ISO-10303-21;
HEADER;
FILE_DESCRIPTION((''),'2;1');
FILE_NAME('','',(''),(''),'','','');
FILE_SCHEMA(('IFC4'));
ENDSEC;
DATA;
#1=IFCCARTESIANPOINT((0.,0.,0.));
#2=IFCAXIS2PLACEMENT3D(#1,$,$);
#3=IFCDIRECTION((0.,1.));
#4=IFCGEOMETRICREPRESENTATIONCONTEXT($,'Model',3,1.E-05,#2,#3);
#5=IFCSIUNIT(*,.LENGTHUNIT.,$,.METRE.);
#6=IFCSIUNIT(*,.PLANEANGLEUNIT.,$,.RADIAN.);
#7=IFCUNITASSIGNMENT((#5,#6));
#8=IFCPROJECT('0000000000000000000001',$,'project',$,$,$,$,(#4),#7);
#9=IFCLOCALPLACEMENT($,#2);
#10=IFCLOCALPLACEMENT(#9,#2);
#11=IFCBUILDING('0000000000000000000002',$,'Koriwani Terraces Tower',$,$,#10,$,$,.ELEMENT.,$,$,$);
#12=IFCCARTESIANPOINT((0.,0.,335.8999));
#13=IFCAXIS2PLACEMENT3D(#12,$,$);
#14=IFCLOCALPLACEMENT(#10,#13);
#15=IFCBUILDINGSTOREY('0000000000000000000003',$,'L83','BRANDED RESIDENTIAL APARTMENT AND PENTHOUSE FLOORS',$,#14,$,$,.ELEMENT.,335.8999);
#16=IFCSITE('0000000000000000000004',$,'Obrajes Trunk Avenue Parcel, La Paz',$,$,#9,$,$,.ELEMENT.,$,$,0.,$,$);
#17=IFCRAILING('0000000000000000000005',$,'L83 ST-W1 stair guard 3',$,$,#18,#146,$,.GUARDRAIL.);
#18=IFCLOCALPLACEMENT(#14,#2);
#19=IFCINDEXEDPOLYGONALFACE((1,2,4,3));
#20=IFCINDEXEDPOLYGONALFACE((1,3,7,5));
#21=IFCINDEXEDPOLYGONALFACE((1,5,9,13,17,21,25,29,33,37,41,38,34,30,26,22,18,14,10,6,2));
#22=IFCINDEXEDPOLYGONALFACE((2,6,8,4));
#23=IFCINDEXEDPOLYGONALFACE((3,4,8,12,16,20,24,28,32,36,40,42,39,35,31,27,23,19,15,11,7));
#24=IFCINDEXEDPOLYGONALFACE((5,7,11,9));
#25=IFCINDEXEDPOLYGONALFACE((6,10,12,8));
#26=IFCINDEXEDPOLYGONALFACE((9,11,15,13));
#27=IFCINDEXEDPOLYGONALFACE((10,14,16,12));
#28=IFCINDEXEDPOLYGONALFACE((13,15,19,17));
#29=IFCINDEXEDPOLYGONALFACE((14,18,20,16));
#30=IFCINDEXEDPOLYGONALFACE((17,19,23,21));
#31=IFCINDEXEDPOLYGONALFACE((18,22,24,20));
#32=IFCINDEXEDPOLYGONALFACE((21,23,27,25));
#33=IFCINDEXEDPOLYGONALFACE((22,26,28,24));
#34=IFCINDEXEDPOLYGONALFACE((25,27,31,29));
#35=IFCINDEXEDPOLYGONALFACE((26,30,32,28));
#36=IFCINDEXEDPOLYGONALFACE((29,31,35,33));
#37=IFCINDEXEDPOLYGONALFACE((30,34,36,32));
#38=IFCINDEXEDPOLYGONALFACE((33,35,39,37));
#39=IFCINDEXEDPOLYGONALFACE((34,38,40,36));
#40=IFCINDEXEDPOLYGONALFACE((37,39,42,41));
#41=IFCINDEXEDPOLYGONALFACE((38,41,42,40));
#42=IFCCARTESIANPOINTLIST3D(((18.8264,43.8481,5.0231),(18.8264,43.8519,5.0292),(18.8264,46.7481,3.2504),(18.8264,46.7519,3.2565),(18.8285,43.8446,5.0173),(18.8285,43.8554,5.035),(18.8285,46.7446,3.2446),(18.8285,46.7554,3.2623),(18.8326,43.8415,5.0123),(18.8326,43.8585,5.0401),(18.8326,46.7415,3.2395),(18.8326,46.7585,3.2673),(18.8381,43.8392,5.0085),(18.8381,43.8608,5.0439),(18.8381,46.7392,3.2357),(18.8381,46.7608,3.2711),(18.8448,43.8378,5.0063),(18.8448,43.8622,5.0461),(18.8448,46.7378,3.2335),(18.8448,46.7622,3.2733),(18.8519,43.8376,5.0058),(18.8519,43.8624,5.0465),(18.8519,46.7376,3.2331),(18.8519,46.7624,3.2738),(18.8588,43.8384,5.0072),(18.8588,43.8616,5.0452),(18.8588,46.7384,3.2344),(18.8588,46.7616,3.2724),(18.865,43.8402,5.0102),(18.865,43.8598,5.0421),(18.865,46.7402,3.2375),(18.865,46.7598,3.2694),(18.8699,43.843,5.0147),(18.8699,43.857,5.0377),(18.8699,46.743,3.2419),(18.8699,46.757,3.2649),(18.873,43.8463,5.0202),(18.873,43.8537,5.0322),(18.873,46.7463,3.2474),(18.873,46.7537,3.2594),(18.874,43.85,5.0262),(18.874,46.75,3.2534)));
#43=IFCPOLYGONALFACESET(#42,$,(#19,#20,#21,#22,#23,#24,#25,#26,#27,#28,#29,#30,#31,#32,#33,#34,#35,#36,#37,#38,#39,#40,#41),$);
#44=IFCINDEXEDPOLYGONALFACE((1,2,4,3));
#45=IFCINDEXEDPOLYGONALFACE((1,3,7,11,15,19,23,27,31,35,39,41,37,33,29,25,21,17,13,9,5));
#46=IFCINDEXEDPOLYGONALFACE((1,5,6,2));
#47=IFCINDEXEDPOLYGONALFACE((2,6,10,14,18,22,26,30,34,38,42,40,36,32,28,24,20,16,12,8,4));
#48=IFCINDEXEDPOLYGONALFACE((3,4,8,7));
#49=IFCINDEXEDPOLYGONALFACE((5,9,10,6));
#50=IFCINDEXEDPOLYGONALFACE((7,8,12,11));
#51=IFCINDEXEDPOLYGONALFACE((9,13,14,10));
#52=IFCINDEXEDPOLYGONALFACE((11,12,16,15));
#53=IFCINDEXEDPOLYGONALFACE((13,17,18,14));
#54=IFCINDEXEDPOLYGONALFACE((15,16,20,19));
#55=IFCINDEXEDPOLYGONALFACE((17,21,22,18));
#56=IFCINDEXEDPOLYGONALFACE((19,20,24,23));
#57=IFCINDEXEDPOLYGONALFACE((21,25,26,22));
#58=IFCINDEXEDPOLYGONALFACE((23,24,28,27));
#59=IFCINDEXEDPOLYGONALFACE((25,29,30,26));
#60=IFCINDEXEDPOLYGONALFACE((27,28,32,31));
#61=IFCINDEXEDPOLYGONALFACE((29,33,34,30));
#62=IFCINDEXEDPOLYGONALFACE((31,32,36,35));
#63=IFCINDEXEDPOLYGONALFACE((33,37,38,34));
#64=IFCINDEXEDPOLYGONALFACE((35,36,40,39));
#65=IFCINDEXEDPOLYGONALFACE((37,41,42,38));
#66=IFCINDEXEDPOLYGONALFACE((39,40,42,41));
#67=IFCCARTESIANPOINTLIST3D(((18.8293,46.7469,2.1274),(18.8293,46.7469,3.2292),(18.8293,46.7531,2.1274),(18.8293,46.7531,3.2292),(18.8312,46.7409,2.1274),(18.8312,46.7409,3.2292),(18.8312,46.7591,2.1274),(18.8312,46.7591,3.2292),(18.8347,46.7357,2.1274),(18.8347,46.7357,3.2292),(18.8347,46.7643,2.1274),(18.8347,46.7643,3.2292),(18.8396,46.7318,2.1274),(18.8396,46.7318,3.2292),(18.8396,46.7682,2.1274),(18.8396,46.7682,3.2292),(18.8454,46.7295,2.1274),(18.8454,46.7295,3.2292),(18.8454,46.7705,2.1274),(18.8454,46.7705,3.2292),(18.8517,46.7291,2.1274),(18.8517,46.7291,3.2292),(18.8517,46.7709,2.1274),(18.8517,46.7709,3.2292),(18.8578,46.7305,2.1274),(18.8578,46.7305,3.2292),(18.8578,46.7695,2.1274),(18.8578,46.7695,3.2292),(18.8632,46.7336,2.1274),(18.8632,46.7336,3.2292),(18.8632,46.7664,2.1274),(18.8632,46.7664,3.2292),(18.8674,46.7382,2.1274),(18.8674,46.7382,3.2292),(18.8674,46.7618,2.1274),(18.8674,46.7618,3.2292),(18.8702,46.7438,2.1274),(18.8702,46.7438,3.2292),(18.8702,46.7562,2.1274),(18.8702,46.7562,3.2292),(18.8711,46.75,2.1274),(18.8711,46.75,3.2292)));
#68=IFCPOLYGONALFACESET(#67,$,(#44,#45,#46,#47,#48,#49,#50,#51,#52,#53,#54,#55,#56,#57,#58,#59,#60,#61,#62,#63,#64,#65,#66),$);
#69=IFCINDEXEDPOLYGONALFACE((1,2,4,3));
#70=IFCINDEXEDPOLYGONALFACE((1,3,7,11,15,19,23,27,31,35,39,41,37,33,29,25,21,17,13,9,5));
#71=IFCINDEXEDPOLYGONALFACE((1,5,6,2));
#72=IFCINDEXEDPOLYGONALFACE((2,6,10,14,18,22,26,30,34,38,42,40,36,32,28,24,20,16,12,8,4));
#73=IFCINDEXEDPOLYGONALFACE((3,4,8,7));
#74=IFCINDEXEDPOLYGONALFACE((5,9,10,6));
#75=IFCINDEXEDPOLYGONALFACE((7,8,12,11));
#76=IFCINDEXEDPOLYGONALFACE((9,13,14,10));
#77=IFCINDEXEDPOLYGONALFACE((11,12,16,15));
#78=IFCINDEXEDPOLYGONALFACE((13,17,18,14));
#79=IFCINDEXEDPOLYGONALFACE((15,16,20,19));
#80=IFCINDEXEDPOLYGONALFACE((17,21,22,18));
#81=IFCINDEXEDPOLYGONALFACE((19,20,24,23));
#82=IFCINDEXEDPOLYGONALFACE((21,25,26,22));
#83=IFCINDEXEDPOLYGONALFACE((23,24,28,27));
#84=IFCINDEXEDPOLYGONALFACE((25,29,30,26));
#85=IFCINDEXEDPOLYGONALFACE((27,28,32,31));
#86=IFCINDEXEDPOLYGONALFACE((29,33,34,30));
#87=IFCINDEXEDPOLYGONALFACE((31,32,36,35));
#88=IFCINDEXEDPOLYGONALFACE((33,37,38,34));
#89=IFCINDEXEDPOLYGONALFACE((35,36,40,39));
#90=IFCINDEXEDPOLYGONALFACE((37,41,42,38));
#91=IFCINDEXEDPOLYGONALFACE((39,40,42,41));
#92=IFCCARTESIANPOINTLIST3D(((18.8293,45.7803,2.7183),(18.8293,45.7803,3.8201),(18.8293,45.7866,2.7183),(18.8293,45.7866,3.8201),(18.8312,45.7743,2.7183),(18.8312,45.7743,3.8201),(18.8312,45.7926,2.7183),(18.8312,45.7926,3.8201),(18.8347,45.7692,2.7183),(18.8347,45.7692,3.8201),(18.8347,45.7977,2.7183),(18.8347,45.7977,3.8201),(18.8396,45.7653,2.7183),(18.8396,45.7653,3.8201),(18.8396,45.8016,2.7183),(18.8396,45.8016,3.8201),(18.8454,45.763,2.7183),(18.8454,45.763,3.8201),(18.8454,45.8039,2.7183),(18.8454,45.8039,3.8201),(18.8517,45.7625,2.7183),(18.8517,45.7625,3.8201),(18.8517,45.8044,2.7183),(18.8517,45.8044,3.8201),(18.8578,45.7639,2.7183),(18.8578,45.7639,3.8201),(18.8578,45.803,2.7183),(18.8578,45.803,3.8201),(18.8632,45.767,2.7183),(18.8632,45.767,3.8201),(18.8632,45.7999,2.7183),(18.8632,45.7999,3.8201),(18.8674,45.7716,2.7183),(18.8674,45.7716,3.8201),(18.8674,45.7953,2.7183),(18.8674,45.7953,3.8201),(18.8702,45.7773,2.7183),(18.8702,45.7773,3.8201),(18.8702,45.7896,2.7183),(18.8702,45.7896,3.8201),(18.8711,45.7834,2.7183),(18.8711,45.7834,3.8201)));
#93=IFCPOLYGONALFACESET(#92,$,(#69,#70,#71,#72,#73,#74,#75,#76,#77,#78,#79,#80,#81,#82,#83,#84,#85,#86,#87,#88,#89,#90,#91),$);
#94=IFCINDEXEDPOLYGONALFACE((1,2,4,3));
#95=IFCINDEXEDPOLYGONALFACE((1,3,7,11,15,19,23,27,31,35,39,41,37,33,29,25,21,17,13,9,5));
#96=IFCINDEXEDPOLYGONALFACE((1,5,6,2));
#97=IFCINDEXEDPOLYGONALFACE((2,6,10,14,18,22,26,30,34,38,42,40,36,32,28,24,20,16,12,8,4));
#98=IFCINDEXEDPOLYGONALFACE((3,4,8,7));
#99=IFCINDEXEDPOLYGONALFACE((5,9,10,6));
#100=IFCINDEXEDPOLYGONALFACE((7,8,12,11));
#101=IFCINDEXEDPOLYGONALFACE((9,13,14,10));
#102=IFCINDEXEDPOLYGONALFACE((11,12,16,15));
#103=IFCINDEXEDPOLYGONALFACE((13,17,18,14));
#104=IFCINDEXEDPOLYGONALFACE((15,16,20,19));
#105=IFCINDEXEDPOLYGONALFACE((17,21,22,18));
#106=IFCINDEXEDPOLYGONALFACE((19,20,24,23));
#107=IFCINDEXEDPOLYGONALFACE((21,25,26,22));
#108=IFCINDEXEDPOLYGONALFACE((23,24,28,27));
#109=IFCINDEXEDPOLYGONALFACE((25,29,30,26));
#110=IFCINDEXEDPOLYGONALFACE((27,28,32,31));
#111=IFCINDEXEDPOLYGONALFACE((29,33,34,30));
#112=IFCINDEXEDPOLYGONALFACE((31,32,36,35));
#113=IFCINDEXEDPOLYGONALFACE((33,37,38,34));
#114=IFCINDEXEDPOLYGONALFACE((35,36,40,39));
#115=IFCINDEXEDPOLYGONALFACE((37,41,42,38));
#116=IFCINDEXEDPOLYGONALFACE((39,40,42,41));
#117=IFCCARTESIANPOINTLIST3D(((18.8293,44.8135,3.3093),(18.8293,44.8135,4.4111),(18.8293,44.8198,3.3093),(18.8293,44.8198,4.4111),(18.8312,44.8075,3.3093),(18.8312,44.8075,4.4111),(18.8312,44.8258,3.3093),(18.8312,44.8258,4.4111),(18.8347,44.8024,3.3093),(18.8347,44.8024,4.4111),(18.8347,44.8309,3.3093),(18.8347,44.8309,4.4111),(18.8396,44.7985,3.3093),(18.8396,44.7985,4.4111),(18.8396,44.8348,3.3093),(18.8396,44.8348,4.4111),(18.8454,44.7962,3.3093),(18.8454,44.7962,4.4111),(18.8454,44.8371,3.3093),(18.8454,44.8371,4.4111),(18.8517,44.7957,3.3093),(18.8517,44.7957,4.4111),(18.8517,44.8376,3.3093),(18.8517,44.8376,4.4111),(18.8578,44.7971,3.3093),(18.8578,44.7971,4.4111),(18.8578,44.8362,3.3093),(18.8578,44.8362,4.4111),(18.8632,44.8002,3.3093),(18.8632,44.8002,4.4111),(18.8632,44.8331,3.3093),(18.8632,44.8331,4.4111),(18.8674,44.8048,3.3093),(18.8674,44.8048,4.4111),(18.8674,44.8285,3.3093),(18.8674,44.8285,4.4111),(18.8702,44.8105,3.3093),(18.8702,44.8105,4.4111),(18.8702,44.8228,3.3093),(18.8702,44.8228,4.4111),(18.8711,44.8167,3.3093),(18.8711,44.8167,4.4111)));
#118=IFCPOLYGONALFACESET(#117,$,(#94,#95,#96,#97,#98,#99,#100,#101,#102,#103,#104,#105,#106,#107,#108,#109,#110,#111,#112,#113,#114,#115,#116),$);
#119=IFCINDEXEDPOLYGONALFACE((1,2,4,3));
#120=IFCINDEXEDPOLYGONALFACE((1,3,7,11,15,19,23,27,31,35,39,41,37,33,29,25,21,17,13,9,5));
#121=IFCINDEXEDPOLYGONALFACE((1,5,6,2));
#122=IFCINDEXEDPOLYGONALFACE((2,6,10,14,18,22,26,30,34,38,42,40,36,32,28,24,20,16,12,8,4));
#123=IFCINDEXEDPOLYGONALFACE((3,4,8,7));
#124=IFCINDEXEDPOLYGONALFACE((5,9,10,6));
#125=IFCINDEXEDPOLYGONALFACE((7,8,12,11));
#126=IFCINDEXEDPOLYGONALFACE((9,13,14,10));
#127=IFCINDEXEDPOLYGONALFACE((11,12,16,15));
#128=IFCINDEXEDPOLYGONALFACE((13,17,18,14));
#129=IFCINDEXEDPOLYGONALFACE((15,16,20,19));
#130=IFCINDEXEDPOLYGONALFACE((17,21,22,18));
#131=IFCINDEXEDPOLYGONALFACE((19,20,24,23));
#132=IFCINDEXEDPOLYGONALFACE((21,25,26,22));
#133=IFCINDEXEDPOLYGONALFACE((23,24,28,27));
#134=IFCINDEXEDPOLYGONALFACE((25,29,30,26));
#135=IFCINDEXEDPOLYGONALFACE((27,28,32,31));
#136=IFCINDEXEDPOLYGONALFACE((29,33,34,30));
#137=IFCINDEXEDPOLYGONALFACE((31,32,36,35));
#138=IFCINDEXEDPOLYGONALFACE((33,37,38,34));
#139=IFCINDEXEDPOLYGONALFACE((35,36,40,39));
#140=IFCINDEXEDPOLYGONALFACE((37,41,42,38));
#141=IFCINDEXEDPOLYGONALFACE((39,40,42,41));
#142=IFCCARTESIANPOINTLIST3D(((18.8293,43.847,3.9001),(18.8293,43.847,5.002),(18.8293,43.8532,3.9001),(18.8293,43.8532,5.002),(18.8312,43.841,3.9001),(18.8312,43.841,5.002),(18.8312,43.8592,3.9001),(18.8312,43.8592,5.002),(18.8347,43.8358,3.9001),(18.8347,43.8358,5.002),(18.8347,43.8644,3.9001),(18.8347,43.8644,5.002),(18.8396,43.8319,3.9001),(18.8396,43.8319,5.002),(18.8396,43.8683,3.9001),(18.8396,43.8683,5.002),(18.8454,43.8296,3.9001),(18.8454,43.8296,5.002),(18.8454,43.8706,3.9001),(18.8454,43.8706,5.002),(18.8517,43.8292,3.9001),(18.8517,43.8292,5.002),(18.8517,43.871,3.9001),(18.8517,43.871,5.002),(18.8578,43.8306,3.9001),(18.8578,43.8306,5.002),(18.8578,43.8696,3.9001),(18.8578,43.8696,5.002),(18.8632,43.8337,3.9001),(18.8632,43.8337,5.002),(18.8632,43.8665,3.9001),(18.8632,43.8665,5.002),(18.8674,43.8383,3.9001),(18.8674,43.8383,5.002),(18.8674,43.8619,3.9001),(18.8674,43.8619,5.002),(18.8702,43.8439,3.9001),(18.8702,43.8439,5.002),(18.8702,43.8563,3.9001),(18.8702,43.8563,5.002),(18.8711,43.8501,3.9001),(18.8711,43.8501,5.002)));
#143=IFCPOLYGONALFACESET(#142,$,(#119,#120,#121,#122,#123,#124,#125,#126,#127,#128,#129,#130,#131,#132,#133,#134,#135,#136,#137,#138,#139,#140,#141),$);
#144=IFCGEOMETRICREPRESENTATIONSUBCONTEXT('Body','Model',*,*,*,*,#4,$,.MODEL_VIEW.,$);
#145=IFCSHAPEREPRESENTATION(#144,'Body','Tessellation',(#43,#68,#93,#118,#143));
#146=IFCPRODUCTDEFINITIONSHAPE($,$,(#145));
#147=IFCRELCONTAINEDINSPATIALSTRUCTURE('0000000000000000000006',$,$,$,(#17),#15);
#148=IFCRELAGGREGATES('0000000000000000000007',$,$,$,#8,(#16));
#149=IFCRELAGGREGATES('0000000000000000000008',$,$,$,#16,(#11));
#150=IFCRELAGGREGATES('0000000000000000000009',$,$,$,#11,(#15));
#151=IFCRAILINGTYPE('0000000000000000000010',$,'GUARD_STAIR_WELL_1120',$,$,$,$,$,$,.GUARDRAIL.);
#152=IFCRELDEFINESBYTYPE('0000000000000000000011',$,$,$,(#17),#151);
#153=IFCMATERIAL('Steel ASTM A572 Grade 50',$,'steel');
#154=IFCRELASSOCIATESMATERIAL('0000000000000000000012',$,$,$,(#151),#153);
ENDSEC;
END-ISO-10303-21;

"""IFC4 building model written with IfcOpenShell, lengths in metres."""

from ifc_helpers import new_model, si_unit, direction, frame, origin, origin_2d, place, context, subcontext, project, spatial, circle, extrude, material, type_object, element, save


model = new_model("IFC4")

# Units and contexts
model_context = context("Model", 3, precision=1e-05, world=origin(), true_north=direction((0.0, 1.0)))
body_context = subcontext(model_context, "Body", "Model", "MODEL_VIEW")
ifc_project = project(units=[si_unit("LENGTHUNIT", "METRE"), si_unit("PLANEANGLEUNIT", "RADIAN")], contexts=[model_context])

# Site, building, storey
site_placement = place(None, origin())
site = spatial("IfcSite", under=ifc_project, at=site_placement, Name="Obrajes Trunk Avenue Parcel, La Paz", CompositionType="ELEMENT", RefElevation=0.0)
building_placement = place(site_placement, origin())
building = spatial("IfcBuilding", under=site, at=building_placement, Name="Koriwani Terraces Tower", CompositionType="ELEMENT")
storey_placement = place(building_placement, frame((0.0, 0.0, 335.8999)))
storey = spatial("IfcBuildingStorey", under=building, at=storey_placement, Name="L83", Description="BRANDED RESIDENTIAL APARTMENT AND PENTHOUSE FLOORS", CompositionType="ELEMENT", Elevation=335.8999)

# Shared definitions
ifc_material_1 = material(Name="Steel ASTM A572 Grade 50", Category="steel")

# Railing
railing_type_1 = type_object("IfcRailingType", Name="GUARD_STAIR_WELL_1120", PredefinedType="GUARDRAIL", material=ifc_material_1)
railing_1_placement = place(storey_placement, frame((18.8501, 46.75, 2.1274)))
element("IfcRailing", 1, at=railing_1_placement, inside=storey, type_object=railing_type_1, Name="L83 ST-W1 stair guard 3", PredefinedType="GUARDRAIL", context=body_context, shape_type="SweptSolid", body=[
    extrude(circle(Radius=0.0239, at=origin_2d()), frame((0.0, 0.0, 1.126), z_axis=(0.0, -0.853211, 0.521566), x_axis=(1.0, 0.0, 0.0)), (0.0, 0.0, 1.0), 3.3989),
    extrude(circle(Radius=0.021, at=origin_2d()), origin(), (0.0, 0.0, 1.0), 1.1018),
    extrude(circle(Radius=0.021, at=origin_2d()), frame((0.0, -0.9666, 0.5908)), (0.0, 0.0, 1.0), 1.1018),
    extrude(circle(Radius=0.021, at=origin_2d()), frame((0.0, -1.9333, 1.1819)), (0.0, 0.0, 1.0), 1.1018),
    extrude(circle(Radius=0.021, at=origin_2d()), frame((0.0, -2.8999, 1.7727)), (0.0, 0.0, 1.0), 1.1018),
])

save(model, "model.ifc")
